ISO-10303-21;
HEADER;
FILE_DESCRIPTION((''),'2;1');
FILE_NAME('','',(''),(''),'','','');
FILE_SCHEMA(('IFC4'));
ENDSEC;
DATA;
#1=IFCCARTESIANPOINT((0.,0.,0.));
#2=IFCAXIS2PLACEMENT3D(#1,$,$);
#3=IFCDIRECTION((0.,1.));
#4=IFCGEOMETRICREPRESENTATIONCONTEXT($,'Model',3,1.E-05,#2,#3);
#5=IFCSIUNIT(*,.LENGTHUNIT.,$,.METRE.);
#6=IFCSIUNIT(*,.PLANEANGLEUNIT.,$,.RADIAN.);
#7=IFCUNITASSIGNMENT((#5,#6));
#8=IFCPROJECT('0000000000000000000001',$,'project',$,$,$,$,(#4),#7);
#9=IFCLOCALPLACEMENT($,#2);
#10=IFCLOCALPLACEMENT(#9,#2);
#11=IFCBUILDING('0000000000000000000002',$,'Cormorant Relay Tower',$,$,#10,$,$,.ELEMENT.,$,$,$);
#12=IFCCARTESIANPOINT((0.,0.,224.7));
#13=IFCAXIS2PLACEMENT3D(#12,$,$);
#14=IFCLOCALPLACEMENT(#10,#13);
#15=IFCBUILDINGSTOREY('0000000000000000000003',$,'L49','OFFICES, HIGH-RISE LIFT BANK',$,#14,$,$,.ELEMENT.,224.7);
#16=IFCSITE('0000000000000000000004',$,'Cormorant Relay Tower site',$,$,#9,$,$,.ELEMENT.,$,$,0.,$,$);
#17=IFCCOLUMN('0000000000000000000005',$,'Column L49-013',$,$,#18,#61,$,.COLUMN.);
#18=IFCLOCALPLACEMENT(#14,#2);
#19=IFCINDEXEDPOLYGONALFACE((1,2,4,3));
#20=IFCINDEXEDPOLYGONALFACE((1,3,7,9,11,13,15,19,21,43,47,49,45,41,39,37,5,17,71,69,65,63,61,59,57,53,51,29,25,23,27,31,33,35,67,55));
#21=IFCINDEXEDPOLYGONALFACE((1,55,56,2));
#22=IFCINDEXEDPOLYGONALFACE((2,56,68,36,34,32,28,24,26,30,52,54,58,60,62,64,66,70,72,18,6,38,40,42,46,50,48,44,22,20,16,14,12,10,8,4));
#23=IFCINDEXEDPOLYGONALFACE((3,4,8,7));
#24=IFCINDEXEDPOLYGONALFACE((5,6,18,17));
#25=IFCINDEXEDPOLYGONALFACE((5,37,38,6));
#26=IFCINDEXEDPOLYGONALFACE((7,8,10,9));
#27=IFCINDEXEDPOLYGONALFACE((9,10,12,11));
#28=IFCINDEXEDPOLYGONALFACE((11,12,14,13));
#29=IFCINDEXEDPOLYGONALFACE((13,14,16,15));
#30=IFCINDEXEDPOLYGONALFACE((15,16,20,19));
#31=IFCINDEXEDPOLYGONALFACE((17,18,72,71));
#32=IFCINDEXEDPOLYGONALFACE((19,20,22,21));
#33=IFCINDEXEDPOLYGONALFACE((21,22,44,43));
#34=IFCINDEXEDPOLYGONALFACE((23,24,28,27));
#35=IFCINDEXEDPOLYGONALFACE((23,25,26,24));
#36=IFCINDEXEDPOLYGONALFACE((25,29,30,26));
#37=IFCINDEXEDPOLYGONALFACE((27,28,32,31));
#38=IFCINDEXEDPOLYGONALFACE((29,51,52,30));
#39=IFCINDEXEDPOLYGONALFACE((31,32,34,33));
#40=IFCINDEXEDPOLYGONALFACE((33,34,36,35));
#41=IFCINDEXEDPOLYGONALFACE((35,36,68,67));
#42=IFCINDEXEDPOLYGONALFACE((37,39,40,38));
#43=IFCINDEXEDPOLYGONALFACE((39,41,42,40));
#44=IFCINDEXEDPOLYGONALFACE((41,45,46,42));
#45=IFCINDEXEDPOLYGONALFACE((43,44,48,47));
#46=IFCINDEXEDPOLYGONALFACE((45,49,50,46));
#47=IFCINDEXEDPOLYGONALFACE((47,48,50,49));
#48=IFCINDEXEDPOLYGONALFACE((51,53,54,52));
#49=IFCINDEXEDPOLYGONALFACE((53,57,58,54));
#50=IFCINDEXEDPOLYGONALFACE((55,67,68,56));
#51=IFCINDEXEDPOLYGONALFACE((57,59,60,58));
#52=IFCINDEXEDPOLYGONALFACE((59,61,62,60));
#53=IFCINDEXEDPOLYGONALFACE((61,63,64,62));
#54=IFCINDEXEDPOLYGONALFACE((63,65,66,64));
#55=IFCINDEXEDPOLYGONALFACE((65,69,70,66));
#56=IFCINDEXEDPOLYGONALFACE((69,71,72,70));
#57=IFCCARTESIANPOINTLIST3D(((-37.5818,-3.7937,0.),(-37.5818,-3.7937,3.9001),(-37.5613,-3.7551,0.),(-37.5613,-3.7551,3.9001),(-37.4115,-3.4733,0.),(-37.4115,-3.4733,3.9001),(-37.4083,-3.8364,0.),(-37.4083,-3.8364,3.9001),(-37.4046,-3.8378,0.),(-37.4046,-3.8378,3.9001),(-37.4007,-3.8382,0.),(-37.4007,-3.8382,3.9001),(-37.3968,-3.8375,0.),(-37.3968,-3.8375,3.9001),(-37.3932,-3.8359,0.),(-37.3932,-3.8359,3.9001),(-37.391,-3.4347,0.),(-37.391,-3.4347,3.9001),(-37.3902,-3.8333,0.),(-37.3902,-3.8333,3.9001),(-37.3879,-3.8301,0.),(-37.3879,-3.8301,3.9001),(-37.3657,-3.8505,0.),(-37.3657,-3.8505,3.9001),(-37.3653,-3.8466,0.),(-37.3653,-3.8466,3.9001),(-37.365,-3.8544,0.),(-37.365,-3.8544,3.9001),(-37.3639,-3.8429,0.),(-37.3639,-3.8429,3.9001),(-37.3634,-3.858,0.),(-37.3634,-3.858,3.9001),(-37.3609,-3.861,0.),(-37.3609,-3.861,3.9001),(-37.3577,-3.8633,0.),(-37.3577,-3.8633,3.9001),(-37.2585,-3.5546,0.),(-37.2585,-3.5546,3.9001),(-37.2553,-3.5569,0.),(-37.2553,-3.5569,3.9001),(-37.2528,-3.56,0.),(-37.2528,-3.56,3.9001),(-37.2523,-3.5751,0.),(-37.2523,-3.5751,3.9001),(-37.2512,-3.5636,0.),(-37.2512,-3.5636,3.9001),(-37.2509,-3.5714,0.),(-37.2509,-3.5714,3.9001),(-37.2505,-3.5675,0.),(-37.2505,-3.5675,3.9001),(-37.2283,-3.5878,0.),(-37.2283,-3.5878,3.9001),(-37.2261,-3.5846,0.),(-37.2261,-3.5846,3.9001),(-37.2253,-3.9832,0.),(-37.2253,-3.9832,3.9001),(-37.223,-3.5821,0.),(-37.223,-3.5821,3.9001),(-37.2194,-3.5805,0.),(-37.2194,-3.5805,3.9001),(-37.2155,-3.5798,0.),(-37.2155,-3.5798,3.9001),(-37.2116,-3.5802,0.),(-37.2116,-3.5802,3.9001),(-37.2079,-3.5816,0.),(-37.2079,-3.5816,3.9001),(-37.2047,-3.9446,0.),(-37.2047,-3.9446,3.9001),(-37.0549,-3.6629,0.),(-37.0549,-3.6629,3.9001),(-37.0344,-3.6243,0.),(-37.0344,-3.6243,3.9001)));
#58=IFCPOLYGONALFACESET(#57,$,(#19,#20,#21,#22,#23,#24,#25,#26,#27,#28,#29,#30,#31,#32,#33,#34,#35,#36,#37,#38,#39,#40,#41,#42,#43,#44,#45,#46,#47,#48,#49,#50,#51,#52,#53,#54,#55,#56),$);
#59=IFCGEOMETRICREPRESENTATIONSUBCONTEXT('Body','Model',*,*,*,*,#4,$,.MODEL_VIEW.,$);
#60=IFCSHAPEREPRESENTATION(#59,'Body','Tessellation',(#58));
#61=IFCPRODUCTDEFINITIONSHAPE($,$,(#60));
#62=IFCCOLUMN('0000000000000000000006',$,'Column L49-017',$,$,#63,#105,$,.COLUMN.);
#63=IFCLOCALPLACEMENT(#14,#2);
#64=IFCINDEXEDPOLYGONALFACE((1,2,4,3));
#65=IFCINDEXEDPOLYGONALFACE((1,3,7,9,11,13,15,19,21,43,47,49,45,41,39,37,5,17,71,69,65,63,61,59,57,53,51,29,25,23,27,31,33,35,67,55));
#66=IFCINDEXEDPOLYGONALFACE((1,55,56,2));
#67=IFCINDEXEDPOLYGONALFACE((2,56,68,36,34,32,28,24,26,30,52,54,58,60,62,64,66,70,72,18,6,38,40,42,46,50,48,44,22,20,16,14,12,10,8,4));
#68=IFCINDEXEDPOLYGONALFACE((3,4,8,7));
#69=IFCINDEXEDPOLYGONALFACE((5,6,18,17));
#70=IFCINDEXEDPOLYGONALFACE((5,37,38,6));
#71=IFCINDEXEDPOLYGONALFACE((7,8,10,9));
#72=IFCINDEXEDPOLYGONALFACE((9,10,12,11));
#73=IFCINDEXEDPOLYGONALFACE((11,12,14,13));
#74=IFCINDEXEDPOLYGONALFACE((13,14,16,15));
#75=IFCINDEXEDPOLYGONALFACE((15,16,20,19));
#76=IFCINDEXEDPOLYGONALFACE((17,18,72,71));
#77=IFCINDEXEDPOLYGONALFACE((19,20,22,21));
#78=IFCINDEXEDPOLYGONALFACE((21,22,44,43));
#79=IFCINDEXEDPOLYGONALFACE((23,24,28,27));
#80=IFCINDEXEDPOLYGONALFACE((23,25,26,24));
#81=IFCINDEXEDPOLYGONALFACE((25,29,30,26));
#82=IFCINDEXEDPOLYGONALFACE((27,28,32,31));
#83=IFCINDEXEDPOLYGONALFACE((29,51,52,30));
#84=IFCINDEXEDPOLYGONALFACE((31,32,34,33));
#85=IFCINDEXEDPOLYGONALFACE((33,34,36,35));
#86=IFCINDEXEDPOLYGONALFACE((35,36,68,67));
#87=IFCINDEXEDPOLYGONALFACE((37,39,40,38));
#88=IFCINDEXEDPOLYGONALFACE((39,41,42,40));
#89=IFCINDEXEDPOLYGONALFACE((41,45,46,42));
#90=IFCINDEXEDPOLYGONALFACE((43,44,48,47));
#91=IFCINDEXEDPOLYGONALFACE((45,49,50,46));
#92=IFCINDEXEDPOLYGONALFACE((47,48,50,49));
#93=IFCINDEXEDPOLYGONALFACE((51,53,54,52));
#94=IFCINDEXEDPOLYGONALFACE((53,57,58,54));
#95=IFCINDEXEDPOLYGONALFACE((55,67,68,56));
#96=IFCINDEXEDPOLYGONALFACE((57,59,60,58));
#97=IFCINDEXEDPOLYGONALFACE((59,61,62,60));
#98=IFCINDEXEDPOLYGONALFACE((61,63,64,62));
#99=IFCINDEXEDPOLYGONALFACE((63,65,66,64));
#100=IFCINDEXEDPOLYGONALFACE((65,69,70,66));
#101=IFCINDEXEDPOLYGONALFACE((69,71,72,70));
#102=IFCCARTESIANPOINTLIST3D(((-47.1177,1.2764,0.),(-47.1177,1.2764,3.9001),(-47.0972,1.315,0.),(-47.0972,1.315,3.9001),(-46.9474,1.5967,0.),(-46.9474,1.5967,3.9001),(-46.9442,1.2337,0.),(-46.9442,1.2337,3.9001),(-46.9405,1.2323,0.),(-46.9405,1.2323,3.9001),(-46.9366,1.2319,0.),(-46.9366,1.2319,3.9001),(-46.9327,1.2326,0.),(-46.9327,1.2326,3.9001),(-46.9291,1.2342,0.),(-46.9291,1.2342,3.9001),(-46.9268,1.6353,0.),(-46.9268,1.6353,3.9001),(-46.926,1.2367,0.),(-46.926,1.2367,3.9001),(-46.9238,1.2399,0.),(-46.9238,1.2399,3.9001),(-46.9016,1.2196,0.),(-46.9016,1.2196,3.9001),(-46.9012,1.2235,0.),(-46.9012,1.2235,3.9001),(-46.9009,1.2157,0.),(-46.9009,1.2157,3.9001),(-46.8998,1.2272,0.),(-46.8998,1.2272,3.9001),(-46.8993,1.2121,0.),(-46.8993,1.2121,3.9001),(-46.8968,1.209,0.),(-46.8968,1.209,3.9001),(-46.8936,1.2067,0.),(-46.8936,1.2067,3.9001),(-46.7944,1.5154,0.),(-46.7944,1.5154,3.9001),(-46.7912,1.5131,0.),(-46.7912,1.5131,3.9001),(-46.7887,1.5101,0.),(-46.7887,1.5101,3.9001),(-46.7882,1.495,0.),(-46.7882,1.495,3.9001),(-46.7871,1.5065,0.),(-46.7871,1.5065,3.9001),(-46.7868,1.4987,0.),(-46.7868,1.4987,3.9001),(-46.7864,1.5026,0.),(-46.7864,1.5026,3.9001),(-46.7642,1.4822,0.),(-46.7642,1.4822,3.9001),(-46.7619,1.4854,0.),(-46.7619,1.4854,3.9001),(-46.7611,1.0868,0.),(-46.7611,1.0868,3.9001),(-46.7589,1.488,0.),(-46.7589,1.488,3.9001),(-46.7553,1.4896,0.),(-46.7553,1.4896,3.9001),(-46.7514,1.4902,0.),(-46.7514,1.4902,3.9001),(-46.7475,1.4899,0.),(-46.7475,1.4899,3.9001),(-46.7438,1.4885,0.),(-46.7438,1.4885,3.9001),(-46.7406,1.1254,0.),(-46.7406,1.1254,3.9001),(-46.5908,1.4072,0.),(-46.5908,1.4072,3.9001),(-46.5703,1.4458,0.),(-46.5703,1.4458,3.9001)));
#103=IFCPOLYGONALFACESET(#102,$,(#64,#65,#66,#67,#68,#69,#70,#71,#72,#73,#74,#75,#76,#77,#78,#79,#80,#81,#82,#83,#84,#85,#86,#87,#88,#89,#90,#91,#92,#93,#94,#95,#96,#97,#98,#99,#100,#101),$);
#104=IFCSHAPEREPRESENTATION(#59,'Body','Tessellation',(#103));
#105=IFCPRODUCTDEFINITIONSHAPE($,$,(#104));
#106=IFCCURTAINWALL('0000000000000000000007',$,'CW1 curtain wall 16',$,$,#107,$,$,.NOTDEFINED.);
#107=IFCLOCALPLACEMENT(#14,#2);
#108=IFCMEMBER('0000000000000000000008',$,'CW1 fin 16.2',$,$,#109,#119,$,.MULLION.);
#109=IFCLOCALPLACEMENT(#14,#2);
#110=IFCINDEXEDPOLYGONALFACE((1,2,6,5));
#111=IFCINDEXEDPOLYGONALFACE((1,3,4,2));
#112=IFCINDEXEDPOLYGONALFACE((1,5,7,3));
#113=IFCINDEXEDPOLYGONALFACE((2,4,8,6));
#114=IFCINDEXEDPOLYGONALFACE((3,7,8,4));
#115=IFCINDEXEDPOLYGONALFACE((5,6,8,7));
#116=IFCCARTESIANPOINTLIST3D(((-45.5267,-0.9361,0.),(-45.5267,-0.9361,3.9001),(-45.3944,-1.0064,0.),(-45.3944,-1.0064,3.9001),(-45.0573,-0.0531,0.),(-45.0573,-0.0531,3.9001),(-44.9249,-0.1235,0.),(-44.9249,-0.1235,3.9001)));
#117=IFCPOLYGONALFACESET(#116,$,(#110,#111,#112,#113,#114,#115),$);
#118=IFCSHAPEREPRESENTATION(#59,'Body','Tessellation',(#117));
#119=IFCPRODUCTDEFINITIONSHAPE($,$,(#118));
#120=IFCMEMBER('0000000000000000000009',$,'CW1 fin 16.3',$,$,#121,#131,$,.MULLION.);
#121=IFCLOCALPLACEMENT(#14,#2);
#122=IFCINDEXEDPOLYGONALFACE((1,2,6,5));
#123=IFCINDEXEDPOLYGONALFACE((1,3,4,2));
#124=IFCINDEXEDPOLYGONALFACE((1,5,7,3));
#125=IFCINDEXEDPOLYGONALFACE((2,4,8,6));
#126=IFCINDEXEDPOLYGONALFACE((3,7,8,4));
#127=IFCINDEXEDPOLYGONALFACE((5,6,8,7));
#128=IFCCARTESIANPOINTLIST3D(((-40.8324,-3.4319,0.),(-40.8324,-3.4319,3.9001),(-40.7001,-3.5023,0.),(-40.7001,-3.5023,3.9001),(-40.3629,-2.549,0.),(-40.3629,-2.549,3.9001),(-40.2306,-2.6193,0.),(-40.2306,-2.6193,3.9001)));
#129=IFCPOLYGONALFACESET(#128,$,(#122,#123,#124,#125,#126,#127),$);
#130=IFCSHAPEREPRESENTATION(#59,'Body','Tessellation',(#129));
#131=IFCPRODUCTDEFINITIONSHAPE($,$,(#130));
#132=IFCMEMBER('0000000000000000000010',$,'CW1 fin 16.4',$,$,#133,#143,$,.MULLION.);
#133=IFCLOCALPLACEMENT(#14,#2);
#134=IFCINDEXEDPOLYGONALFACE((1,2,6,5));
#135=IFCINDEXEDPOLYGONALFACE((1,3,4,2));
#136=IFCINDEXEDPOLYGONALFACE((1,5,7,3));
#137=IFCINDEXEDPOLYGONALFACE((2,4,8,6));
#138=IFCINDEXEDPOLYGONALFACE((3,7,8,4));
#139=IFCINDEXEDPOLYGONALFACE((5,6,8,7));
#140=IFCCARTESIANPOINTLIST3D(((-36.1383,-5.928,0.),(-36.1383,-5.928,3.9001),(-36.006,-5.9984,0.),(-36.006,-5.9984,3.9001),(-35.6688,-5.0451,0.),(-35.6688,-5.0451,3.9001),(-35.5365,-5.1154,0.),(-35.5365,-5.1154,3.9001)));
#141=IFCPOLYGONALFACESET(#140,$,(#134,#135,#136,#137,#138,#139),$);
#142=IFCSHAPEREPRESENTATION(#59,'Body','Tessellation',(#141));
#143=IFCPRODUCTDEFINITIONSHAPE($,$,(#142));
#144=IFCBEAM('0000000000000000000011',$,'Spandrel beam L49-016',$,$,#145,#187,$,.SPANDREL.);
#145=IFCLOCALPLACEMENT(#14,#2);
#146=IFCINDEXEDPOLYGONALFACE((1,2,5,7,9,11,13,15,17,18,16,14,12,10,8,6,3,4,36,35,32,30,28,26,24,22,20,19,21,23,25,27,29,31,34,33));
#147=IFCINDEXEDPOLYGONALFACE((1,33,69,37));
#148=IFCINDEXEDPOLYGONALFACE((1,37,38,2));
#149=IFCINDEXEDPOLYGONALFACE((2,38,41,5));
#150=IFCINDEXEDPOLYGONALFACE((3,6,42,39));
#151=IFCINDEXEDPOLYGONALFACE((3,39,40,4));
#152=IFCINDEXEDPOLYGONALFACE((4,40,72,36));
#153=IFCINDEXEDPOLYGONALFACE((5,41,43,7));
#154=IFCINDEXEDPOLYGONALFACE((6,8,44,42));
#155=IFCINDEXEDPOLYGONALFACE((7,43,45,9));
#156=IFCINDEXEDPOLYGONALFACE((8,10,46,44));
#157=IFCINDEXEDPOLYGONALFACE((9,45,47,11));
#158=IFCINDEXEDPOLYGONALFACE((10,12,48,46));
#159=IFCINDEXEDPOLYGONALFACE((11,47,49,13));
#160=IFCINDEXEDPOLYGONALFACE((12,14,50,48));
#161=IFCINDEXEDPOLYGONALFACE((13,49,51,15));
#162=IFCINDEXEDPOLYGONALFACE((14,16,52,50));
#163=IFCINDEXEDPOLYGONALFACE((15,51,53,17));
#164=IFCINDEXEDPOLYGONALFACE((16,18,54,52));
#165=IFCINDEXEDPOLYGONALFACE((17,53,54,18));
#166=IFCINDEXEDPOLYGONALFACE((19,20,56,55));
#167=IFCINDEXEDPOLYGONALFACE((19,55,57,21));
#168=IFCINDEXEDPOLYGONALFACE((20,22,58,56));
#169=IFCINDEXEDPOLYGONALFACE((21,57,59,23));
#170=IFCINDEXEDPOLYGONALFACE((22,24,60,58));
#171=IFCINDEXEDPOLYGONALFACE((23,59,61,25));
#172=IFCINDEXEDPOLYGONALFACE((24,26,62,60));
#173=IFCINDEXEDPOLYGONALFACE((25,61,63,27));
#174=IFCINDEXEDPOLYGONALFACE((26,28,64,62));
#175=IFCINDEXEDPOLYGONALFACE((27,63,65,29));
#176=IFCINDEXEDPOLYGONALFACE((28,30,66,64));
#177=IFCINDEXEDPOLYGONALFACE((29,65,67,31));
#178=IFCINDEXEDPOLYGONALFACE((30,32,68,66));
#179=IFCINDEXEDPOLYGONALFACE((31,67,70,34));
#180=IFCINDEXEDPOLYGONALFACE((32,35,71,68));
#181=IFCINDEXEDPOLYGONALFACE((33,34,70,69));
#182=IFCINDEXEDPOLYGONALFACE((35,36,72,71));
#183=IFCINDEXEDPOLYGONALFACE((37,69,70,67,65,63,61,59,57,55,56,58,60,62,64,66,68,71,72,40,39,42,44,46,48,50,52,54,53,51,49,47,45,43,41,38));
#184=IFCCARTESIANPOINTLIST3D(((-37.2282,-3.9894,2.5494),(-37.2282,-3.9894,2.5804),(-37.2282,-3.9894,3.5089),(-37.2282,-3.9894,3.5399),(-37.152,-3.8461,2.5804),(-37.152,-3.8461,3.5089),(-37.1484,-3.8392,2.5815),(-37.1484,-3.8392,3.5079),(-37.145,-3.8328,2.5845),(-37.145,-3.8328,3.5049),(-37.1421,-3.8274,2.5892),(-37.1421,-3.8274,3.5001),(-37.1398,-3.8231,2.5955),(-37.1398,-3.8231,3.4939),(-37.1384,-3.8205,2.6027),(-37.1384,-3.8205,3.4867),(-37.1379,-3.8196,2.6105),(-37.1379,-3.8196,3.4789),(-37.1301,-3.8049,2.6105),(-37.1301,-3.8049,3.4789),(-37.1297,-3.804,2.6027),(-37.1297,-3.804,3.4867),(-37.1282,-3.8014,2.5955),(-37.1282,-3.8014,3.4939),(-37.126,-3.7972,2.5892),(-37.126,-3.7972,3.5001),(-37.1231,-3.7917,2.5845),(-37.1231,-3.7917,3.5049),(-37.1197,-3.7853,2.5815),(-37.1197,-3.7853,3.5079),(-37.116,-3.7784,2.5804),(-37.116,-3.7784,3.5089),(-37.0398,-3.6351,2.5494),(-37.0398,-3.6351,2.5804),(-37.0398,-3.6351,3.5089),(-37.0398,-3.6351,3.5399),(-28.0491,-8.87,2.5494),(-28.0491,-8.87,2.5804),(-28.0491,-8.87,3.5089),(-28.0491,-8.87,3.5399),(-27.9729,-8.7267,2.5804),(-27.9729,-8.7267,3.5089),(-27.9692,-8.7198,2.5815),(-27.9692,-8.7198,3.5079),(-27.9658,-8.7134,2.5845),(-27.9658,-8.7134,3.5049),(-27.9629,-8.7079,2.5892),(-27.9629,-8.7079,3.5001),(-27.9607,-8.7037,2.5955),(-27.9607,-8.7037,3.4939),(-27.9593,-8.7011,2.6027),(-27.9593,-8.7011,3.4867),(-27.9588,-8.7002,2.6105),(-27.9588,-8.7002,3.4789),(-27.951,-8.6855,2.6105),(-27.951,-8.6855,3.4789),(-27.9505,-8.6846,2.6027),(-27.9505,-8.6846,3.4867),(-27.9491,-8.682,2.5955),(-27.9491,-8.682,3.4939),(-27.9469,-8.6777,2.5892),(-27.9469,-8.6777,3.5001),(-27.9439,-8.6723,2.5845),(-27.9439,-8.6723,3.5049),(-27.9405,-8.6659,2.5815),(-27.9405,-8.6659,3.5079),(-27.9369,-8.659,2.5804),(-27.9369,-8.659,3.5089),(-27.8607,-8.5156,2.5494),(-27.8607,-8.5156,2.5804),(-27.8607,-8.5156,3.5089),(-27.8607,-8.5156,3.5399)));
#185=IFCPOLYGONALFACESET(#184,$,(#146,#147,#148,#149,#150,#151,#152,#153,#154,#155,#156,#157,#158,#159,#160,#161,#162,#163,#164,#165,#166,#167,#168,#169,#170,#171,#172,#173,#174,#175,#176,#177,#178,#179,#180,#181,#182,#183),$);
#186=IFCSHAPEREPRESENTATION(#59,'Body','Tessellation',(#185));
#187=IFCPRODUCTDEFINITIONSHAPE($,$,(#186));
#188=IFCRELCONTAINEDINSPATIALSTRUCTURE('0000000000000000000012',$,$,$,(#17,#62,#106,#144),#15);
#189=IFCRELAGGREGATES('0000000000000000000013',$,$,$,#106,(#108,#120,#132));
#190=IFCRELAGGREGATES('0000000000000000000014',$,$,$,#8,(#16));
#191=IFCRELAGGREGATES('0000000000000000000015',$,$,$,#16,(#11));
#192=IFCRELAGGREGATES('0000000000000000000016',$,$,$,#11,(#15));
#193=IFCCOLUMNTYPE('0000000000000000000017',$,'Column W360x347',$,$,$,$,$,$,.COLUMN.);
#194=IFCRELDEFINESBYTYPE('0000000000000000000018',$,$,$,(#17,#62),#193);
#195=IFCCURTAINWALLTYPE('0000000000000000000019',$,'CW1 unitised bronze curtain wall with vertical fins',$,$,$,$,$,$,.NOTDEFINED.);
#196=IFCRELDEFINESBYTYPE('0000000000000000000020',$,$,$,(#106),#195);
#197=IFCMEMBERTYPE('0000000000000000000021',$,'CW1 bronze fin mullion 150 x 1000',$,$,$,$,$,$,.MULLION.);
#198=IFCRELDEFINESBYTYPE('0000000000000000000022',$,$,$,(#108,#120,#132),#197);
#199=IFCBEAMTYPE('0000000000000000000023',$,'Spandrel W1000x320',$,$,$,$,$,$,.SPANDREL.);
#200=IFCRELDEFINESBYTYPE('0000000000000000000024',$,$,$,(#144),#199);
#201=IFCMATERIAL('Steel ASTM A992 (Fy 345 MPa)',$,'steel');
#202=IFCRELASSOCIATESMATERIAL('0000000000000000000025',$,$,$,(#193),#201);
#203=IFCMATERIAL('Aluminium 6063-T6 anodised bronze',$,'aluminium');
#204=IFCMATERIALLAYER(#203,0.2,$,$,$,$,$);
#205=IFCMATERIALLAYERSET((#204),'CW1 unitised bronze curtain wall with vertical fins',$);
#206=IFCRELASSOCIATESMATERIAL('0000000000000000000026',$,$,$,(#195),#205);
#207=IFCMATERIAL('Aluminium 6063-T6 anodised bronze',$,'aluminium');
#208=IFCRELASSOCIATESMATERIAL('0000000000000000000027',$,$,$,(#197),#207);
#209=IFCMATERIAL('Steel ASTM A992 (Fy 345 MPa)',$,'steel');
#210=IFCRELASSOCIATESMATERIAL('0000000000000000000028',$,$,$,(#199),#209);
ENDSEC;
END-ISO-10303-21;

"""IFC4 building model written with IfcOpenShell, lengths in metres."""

from ifc_helpers import new_model, si_unit, direction, frame, origin, origin_2d, place, context, subcontext, project, spatial, rectangle, i_section, extrude, material, layer, layer_set, material_profile, profile_set, type_object, element, aggregate, save


model = new_model("IFC4")

# Units and contexts
model_context = context("Model", 3, precision=1e-05, world=origin(), true_north=direction((0.0, 1.0)))
body_context = subcontext(model_context, "Body", "Model", "MODEL_VIEW")
ifc_project = project(units=[si_unit("LENGTHUNIT", "METRE"), si_unit("PLANEANGLEUNIT", "RADIAN")], contexts=[model_context])

# Site, building, storey
site_placement = place(None, origin())
site = spatial("IfcSite", under=ifc_project, at=site_placement, Name="Cormorant Relay Tower site", CompositionType="ELEMENT", RefElevation=0.0)
building_placement = place(site_placement, origin())
building = spatial("IfcBuilding", under=site, at=building_placement, Name="Cormorant Relay Tower", CompositionType="ELEMENT")
storey_placement = place(building_placement, frame((0.0, 0.0, 224.7)))
storey = spatial("IfcBuildingStorey", under=building, at=storey_placement, Name="L49", Description="OFFICES, HIGH-RISE LIFT BANK", CompositionType="ELEMENT", Elevation=224.7)

# Columns
ifc_material_1 = material(Name="Steel ASTM A992 (Fy 345 MPa)", Category="steel")
ifc_material_profile_1 = material_profile(ifc_material_1, i_section(OverallWidth=0.4038, OverallDepth=0.4065, WebThickness=0.0271, FlangeThickness=0.0437, FilletRadius=0.0151, at=origin_2d()), Name="W360x347")
ifc_profile_set_1 = profile_set([ifc_material_profile_1], Name="Steel ASTM A992 (Fy 345 MPa)")
column_type = type_object("IfcColumnType", Name="Column W360x347", PredefinedType="COLUMN", material=ifc_profile_set_1)
for number, where, z_axis, x_axis, name in (
    (1, (-37.3081, -3.709, 0.0), (0.0, 0.0, 1.0), (0.882948, -0.469472, 0.0), "Column L49-013"),
    (2, (-46.844, 1.3611, 0.0), (0.0, 0.0, 1.0), (0.882948, -0.469472, 0.0), "Column L49-017"),
):
    element("IfcColumn", number, at=place(storey_placement, frame(where, z_axis=z_axis, x_axis=x_axis)), inside=storey, type_object=column_type, Name=name, PredefinedType="COLUMN", context=body_context, shape_type="SweptSolid", body=[
        extrude(i_section(OverallWidth=0.4038, OverallDepth=0.4065, WebThickness=0.0271, FlangeThickness=0.0437, FilletRadius=0.0151, at=origin_2d()), origin(), (0.0, 0.0, 1.0), 3.9001),
    ])

# Curtain wall, members
ifc_material_2 = material(Name="Aluminium 6063-T6 anodised bronze", Category="aluminium")
ifc_layer_1 = layer(ifc_material_2, 0.2)
ifc_layer_set_1 = layer_set([ifc_layer_1], Name="CW1 unitised bronze curtain wall with vertical fins")
curtain_wall_type = type_object("IfcCurtainWallType", Name="CW1 unitised bronze curtain wall with vertical fins", PredefinedType="NOTDEFINED", material=ifc_layer_set_1)
curtain_wall_placement = place(storey_placement, origin())
curtain_wall = element("IfcCurtainWall", 3, at=curtain_wall_placement, inside=storey, type_object=curtain_wall_type, Name="CW1 curtain wall 16", PredefinedType="NOTDEFINED")
ifc_material_3 = material(Name="Aluminium 6063-T6 anodised bronze", Category="aluminium")
ifc_material_profile_2 = material_profile(ifc_material_3, rectangle(XDim=0.1499, YDim=1.0, at=origin_2d()), Name="AL 150x1000")
ifc_profile_set_2 = profile_set([ifc_material_profile_2], Name="Aluminium 6063-T6 anodised bronze")
member_type = type_object("IfcMemberType", Name="CW1 bronze fin mullion 150 x 1000", PredefinedType="MULLION", material=ifc_profile_set_2)
member_1_placement = place(storey_placement, frame((-45.2258, -0.5298, 0.0), z_axis=(0.0, 0.0, 1.0), x_axis=(0.882948, -0.469472, 0.0)))
member_1 = element("IfcMember", 4, at=member_1_placement, type_object=member_type, Name="CW1 fin 16.2", PredefinedType="MULLION", context=body_context, shape_type="SweptSolid", body=[
    extrude(rectangle(XDim=0.1499, YDim=1.0, at=origin_2d()), origin(), (0.0, 0.0, 1.0), 3.9001),
])
member_2_placement = place(storey_placement, frame((-40.5315, -3.0256, 0.0), z_axis=(0.0, 0.0, 1.0), x_axis=(0.882948, -0.469472, 0.0)))
member_2 = element("IfcMember", 5, at=member_2_placement, type_object=member_type, Name="CW1 fin 16.3", PredefinedType="MULLION", context=body_context, shape_type="SweptSolid", body=[
    extrude(rectangle(XDim=0.1499, YDim=1.0, at=origin_2d()), origin(), (0.0, 0.0, 1.0), 3.9001),
])
member_3_placement = place(storey_placement, frame((-35.8374, -5.5217, 0.0), z_axis=(0.0, 0.0, 1.0), x_axis=(0.882948, -0.469472, 0.0)))
member_3 = element("IfcMember", 6, at=member_3_placement, type_object=member_type, Name="CW1 fin 16.4", PredefinedType="MULLION", context=body_context, shape_type="SweptSolid", body=[
    extrude(rectangle(XDim=0.1499, YDim=1.0, at=origin_2d()), origin(), (0.0, 0.0, 1.0), 3.9001),
])

# Beam
ifc_material_4 = material(Name="Steel ASTM A992 (Fy 345 MPa)", Category="steel")
ifc_material_profile_3 = material_profile(ifc_material_4, i_section(OverallWidth=0.4014, OverallDepth=0.9905, WebThickness=0.0166, FlangeThickness=0.031, FilletRadius=0.03, at=origin_2d()), Name="W1000x320")
ifc_profile_set_3 = profile_set([ifc_material_profile_3], Name="Steel ASTM A992 (Fy 345 MPa)")
beam_type_1 = type_object("IfcBeamType", Name="Spandrel W1000x320", PredefinedType="SPANDREL", material=ifc_profile_set_3)
beam_1_placement = place(storey_placement, frame((-37.134, -3.8123, 3.0447), z_axis=(0.88295, -0.469468, 0.0), x_axis=(0.469468, 0.88295, 0.0)))
element("IfcBeam", 7, at=beam_1_placement, inside=storey, type_object=beam_type_1, Name="Spandrel beam L49-016", PredefinedType="SPANDREL", context=body_context, shape_type="SweptSolid", body=[
    extrude(i_section(OverallWidth=0.4014, OverallDepth=0.9905, WebThickness=0.0166, FlangeThickness=0.031, FilletRadius=0.03, at=origin_2d()), origin(), (0.0, 0.0, 1.0), 10.396),
])

aggregate(curtain_wall, [member_1, member_2, member_3])

save(model, "model.ifc")
